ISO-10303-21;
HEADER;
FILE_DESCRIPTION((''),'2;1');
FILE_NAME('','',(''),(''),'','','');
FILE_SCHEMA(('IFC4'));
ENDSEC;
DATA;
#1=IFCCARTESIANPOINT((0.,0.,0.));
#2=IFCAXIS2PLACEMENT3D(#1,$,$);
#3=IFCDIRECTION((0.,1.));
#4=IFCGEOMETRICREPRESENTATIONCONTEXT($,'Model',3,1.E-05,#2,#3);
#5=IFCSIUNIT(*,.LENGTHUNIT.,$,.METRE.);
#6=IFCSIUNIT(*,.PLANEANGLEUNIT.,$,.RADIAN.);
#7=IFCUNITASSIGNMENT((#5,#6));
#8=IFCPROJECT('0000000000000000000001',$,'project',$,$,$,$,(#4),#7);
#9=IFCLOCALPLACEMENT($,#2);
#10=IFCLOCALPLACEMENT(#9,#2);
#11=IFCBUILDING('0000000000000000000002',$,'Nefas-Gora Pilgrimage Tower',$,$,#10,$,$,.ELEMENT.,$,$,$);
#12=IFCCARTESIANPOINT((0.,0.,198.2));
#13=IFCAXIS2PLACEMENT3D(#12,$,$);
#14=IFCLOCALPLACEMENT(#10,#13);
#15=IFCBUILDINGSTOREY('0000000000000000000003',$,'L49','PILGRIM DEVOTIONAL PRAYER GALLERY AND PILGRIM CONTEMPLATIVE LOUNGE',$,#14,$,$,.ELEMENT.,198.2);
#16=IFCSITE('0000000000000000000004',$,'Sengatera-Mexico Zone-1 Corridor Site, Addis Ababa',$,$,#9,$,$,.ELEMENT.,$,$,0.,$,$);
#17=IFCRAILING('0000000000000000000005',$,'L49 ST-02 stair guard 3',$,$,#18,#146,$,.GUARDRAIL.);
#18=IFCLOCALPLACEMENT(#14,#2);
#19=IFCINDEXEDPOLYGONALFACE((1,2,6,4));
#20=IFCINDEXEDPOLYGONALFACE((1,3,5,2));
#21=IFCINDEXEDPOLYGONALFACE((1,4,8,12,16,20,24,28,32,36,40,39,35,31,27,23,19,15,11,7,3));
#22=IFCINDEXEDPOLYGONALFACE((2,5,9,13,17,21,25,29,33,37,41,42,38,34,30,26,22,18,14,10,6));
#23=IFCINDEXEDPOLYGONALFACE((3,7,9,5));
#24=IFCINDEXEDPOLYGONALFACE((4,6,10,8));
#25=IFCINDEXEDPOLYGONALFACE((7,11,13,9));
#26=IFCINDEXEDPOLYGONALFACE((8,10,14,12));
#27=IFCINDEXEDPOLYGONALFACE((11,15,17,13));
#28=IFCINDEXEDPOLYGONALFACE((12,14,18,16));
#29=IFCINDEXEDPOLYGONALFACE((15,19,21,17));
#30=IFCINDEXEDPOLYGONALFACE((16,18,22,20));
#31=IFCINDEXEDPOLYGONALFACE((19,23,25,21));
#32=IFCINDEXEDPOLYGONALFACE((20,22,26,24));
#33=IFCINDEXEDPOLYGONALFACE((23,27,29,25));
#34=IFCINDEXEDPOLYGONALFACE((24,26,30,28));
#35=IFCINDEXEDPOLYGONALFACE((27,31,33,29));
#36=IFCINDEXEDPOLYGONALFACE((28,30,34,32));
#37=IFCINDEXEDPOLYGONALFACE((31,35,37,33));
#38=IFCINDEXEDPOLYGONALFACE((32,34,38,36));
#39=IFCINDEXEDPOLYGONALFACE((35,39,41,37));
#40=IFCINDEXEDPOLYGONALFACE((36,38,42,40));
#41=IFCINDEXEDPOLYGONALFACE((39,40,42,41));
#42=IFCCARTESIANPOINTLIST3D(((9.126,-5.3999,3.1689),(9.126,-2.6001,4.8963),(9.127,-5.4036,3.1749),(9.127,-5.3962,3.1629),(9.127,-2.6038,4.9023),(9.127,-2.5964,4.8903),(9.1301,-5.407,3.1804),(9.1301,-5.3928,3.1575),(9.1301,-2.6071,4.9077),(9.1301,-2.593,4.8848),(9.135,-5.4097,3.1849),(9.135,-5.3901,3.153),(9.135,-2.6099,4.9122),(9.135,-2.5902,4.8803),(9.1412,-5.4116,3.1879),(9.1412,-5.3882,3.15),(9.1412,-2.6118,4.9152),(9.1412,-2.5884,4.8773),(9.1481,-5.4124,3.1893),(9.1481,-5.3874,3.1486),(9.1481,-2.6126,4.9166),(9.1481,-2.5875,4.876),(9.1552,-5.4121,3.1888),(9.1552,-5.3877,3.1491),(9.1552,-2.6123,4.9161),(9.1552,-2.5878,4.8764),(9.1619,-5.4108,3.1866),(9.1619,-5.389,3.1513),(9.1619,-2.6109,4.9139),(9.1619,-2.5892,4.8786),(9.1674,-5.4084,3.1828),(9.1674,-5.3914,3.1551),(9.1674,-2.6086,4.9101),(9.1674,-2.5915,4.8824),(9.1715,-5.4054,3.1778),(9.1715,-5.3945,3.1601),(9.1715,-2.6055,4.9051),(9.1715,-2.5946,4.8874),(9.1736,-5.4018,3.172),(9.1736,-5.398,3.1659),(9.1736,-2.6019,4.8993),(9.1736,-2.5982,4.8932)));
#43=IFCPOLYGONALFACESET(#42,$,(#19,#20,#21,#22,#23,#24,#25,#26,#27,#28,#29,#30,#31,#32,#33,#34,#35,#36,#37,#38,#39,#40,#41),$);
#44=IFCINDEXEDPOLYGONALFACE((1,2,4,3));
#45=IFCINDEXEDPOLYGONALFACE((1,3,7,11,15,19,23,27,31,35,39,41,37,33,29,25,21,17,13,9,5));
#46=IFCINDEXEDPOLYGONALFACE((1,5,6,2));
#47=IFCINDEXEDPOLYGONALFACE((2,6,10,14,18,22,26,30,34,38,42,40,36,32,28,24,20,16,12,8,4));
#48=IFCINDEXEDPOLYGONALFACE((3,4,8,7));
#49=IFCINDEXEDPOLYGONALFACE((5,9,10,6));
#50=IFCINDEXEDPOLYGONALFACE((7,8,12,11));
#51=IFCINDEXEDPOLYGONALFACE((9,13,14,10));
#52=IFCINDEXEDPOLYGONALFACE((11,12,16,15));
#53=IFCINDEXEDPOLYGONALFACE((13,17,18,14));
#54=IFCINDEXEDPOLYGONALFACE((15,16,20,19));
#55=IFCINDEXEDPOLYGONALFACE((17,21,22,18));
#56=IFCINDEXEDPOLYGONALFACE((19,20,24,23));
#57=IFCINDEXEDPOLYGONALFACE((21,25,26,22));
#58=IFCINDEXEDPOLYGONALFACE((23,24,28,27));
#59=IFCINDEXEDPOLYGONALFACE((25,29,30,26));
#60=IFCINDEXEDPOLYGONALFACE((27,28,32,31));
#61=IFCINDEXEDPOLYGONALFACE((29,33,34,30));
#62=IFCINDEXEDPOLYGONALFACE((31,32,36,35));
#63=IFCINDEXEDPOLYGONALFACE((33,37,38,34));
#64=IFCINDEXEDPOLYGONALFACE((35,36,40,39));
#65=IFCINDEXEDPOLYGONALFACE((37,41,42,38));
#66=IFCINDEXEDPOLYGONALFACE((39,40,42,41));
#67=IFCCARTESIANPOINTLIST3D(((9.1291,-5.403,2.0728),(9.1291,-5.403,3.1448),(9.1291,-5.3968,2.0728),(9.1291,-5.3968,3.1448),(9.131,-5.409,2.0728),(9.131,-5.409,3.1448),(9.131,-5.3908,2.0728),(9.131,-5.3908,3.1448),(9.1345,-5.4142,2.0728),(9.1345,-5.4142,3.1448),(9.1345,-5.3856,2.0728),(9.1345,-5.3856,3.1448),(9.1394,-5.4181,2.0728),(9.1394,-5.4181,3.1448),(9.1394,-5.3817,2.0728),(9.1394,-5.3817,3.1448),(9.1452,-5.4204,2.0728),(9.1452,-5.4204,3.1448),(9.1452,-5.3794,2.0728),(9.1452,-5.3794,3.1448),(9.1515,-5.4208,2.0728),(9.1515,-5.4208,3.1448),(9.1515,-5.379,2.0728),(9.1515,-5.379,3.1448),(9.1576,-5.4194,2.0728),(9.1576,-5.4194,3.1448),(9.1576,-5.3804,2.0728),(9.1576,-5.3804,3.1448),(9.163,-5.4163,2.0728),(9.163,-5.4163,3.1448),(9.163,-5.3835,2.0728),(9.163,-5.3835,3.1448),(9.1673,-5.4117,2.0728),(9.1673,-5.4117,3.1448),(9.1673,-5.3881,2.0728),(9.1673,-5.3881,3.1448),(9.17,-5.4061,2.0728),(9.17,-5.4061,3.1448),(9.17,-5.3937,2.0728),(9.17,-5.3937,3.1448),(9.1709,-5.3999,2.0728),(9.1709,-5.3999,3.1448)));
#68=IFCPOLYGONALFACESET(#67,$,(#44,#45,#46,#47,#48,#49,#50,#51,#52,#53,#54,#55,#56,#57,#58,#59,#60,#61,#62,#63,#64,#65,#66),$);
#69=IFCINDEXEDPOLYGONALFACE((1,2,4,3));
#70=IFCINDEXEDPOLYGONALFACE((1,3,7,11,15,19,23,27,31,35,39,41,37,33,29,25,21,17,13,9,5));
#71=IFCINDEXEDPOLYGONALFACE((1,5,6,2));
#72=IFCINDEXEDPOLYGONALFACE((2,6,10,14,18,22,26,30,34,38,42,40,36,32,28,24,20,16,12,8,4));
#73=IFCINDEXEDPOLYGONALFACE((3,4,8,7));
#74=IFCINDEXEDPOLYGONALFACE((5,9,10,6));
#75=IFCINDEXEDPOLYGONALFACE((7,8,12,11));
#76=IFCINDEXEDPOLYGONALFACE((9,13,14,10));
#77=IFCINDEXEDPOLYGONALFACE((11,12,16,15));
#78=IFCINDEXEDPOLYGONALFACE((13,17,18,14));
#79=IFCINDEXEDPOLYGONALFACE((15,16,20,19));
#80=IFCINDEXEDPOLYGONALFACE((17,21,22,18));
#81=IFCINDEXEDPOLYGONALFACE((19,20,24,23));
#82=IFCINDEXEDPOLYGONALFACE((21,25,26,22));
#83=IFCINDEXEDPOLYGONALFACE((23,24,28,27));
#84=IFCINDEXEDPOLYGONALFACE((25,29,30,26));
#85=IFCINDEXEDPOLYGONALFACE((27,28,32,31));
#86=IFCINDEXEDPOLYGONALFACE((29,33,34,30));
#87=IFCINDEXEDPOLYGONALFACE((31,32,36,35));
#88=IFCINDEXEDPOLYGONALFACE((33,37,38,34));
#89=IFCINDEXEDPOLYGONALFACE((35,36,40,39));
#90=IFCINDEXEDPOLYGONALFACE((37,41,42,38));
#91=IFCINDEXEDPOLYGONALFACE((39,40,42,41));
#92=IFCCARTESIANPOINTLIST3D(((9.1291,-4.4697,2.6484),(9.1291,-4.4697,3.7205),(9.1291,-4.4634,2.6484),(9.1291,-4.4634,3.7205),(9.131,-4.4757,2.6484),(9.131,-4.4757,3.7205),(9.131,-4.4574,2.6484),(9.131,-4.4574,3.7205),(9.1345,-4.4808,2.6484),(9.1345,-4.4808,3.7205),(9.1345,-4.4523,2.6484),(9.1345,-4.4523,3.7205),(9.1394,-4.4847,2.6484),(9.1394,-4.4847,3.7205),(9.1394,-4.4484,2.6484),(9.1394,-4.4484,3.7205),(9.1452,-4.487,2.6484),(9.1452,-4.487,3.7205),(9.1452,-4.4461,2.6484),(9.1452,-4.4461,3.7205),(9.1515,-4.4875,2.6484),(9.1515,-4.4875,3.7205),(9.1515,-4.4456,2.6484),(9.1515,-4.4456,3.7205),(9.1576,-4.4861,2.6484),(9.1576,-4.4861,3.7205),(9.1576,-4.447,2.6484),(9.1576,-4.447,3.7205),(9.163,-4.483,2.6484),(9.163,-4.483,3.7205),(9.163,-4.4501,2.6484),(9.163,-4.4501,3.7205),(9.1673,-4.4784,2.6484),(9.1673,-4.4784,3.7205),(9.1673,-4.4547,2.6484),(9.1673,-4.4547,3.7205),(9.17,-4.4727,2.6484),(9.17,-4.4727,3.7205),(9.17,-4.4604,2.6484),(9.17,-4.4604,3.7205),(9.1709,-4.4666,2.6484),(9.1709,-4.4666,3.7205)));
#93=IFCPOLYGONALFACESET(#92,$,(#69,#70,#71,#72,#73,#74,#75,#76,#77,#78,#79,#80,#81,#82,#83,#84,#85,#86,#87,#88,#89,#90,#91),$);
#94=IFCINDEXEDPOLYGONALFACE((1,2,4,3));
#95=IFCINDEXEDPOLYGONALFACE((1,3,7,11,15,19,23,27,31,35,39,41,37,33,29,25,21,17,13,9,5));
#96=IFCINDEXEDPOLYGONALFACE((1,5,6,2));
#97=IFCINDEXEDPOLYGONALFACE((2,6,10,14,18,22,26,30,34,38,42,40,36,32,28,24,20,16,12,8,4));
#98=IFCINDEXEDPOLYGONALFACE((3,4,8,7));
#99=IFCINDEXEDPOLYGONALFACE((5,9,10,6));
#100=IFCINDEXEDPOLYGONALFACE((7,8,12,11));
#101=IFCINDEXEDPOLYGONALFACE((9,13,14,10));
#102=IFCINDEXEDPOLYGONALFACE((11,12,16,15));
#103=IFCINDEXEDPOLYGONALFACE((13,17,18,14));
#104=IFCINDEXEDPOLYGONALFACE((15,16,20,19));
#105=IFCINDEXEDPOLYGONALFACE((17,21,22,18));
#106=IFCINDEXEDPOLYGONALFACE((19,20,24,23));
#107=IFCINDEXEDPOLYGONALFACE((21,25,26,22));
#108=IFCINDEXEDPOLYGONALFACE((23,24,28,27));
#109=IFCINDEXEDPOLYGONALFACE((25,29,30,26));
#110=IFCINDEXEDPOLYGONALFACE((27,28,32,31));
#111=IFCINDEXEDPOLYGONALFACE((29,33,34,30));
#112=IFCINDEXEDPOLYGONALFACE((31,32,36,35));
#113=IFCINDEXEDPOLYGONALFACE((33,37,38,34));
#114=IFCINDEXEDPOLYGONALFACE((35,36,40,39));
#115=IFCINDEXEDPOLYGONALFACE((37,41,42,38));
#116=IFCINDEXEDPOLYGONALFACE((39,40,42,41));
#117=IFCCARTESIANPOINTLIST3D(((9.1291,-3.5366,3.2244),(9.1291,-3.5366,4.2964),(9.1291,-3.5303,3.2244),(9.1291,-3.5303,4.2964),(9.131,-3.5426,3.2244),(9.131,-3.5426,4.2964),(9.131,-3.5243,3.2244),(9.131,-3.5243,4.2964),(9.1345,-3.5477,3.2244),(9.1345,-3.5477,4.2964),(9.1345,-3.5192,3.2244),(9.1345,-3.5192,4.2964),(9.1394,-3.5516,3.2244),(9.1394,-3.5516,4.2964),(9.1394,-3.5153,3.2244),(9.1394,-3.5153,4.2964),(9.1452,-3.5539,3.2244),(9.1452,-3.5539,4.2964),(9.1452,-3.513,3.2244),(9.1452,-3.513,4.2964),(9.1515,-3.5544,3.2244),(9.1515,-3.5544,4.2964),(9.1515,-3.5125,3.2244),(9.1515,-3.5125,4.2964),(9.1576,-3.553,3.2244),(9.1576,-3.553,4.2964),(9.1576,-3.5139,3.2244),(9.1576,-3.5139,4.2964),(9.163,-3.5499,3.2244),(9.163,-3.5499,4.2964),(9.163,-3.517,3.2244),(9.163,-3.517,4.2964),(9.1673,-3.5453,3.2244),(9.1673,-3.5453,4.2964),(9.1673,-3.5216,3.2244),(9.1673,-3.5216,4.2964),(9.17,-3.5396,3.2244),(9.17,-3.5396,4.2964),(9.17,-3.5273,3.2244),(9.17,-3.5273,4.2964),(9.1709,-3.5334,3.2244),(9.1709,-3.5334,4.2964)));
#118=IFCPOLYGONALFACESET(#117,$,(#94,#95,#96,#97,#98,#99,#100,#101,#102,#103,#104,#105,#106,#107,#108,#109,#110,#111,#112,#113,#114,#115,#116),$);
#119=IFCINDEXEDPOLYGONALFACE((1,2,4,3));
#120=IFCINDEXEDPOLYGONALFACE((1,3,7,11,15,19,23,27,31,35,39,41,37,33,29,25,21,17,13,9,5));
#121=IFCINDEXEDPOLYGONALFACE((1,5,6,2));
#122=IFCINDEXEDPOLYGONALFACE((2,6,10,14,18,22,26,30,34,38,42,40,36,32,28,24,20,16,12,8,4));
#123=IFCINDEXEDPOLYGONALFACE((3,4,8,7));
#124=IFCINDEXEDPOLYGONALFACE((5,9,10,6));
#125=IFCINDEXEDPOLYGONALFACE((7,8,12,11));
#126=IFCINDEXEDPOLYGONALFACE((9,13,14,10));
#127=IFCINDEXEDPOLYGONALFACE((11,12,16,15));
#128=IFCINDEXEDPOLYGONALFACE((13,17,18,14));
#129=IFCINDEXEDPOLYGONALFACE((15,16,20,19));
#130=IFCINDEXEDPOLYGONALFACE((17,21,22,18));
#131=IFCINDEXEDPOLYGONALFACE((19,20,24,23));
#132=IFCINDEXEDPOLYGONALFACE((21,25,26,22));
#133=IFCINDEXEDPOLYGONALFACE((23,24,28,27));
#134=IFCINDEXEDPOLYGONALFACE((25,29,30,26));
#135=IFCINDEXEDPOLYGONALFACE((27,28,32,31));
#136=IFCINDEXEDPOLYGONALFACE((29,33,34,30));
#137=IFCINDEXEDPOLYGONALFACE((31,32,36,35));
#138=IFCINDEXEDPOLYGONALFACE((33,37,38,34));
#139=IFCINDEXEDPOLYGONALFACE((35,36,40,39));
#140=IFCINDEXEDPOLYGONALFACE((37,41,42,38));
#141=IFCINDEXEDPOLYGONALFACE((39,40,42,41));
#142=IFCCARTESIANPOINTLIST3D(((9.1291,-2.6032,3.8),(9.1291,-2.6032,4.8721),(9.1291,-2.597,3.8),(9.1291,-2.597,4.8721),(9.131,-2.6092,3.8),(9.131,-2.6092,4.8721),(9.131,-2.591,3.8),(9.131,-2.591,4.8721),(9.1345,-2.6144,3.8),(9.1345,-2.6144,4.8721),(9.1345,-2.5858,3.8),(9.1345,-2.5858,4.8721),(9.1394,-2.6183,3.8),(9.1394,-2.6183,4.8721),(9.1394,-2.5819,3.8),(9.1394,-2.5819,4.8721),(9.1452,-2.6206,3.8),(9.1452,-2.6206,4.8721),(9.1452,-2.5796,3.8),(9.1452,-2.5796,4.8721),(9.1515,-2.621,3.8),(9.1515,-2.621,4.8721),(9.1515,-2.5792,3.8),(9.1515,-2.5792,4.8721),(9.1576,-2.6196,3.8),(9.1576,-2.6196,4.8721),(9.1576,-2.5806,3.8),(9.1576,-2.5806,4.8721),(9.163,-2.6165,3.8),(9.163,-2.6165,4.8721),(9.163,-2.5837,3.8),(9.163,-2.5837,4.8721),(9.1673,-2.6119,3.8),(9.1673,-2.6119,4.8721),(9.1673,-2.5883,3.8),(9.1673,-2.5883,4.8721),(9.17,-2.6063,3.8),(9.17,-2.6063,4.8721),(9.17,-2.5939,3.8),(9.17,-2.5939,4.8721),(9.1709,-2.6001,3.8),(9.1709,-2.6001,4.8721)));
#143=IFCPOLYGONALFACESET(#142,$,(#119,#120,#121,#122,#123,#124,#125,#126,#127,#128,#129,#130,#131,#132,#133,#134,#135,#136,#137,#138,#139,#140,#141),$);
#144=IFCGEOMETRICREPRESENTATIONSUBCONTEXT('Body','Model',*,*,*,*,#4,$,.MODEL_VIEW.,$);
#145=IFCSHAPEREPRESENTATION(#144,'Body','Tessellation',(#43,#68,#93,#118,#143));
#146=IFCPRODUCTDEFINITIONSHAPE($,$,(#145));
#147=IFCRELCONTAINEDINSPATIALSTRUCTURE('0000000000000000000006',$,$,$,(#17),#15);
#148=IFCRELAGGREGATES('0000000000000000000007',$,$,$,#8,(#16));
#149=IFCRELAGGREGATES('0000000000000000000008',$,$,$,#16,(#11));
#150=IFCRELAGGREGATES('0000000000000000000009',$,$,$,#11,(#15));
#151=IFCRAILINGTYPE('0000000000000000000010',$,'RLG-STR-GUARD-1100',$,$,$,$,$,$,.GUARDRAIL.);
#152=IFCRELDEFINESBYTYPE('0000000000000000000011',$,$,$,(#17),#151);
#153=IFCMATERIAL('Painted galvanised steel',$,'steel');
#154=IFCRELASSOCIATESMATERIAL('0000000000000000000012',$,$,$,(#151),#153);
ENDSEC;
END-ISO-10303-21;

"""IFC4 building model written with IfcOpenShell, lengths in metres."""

from ifc_helpers import new_model, si_unit, direction, frame, origin, origin_2d, place, context, subcontext, project, spatial, circle, extrude, material, type_object, element, save


model = new_model("IFC4")

# Units and contexts
model_context = context("Model", 3, precision=1e-05, world=origin(), true_north=direction((0.0, 1.0)))
body_context = subcontext(model_context, "Body", "Model", "MODEL_VIEW")
ifc_project = project(units=[si_unit("LENGTHUNIT", "METRE"), si_unit("PLANEANGLEUNIT", "RADIAN")], contexts=[model_context])

# Site, building, storey
site_placement = place(None, origin())
site = spatial("IfcSite", under=ifc_project, at=site_placement, Name="Sengatera-Mexico Zone-1 Corridor Site, Addis Ababa", CompositionType="ELEMENT", RefElevation=0.0)
building_placement = place(site_placement, origin())
building = spatial("IfcBuilding", under=site, at=building_placement, Name="Nefas-Gora Pilgrimage Tower", CompositionType="ELEMENT")
storey_placement = place(building_placement, frame((0.0, 0.0, 198.2)))
storey = spatial("IfcBuildingStorey", under=building, at=storey_placement, Name="L49", Description="PILGRIM DEVOTIONAL PRAYER GALLERY AND PILGRIM CONTEMPLATIVE LOUNGE", CompositionType="ELEMENT", Elevation=198.2)

# Railing
ifc_material_1 = material(Name="Painted galvanised steel", Category="steel")
railing_type_1 = type_object("IfcRailingType", Name="RLG-STR-GUARD-1100", PredefinedType="GUARDRAIL", material=ifc_material_1)
railing_1_placement = place(storey_placement, frame((9.1499, -5.3999, 2.0728)))
element("IfcRailing", 1, at=railing_1_placement, inside=storey, type_object=railing_type_1, Name="L49 ST-02 stair guard 3", PredefinedType="GUARDRAIL", context=body_context, shape_type="SweptSolid", body=[
    extrude(circle(Radius=0.0239, at=origin_2d()), frame((0.0, 0.0, 1.0962), z_axis=(0.0, 0.851069, 0.525054), x_axis=(-1.0, 0.0, 0.0)), (0.0, 0.0, 1.0), 3.2898),
    extrude(circle(Radius=0.021, at=origin_2d()), origin(), (0.0, 0.0, 1.0), 1.072),
    extrude(circle(Radius=0.021, at=origin_2d()), frame((0.0, 0.9333, 0.5757)), (0.0, 0.0, 1.0), 1.072),
    extrude(circle(Radius=0.021, at=origin_2d()), frame((0.0, 1.8665, 1.1516)), (0.0, 0.0, 1.0), 1.072),
    extrude(circle(Radius=0.021, at=origin_2d()), frame((0.0, 2.7998, 1.7273)), (0.0, 0.0, 1.0), 1.072),
])

save(model, "model.ifc")
